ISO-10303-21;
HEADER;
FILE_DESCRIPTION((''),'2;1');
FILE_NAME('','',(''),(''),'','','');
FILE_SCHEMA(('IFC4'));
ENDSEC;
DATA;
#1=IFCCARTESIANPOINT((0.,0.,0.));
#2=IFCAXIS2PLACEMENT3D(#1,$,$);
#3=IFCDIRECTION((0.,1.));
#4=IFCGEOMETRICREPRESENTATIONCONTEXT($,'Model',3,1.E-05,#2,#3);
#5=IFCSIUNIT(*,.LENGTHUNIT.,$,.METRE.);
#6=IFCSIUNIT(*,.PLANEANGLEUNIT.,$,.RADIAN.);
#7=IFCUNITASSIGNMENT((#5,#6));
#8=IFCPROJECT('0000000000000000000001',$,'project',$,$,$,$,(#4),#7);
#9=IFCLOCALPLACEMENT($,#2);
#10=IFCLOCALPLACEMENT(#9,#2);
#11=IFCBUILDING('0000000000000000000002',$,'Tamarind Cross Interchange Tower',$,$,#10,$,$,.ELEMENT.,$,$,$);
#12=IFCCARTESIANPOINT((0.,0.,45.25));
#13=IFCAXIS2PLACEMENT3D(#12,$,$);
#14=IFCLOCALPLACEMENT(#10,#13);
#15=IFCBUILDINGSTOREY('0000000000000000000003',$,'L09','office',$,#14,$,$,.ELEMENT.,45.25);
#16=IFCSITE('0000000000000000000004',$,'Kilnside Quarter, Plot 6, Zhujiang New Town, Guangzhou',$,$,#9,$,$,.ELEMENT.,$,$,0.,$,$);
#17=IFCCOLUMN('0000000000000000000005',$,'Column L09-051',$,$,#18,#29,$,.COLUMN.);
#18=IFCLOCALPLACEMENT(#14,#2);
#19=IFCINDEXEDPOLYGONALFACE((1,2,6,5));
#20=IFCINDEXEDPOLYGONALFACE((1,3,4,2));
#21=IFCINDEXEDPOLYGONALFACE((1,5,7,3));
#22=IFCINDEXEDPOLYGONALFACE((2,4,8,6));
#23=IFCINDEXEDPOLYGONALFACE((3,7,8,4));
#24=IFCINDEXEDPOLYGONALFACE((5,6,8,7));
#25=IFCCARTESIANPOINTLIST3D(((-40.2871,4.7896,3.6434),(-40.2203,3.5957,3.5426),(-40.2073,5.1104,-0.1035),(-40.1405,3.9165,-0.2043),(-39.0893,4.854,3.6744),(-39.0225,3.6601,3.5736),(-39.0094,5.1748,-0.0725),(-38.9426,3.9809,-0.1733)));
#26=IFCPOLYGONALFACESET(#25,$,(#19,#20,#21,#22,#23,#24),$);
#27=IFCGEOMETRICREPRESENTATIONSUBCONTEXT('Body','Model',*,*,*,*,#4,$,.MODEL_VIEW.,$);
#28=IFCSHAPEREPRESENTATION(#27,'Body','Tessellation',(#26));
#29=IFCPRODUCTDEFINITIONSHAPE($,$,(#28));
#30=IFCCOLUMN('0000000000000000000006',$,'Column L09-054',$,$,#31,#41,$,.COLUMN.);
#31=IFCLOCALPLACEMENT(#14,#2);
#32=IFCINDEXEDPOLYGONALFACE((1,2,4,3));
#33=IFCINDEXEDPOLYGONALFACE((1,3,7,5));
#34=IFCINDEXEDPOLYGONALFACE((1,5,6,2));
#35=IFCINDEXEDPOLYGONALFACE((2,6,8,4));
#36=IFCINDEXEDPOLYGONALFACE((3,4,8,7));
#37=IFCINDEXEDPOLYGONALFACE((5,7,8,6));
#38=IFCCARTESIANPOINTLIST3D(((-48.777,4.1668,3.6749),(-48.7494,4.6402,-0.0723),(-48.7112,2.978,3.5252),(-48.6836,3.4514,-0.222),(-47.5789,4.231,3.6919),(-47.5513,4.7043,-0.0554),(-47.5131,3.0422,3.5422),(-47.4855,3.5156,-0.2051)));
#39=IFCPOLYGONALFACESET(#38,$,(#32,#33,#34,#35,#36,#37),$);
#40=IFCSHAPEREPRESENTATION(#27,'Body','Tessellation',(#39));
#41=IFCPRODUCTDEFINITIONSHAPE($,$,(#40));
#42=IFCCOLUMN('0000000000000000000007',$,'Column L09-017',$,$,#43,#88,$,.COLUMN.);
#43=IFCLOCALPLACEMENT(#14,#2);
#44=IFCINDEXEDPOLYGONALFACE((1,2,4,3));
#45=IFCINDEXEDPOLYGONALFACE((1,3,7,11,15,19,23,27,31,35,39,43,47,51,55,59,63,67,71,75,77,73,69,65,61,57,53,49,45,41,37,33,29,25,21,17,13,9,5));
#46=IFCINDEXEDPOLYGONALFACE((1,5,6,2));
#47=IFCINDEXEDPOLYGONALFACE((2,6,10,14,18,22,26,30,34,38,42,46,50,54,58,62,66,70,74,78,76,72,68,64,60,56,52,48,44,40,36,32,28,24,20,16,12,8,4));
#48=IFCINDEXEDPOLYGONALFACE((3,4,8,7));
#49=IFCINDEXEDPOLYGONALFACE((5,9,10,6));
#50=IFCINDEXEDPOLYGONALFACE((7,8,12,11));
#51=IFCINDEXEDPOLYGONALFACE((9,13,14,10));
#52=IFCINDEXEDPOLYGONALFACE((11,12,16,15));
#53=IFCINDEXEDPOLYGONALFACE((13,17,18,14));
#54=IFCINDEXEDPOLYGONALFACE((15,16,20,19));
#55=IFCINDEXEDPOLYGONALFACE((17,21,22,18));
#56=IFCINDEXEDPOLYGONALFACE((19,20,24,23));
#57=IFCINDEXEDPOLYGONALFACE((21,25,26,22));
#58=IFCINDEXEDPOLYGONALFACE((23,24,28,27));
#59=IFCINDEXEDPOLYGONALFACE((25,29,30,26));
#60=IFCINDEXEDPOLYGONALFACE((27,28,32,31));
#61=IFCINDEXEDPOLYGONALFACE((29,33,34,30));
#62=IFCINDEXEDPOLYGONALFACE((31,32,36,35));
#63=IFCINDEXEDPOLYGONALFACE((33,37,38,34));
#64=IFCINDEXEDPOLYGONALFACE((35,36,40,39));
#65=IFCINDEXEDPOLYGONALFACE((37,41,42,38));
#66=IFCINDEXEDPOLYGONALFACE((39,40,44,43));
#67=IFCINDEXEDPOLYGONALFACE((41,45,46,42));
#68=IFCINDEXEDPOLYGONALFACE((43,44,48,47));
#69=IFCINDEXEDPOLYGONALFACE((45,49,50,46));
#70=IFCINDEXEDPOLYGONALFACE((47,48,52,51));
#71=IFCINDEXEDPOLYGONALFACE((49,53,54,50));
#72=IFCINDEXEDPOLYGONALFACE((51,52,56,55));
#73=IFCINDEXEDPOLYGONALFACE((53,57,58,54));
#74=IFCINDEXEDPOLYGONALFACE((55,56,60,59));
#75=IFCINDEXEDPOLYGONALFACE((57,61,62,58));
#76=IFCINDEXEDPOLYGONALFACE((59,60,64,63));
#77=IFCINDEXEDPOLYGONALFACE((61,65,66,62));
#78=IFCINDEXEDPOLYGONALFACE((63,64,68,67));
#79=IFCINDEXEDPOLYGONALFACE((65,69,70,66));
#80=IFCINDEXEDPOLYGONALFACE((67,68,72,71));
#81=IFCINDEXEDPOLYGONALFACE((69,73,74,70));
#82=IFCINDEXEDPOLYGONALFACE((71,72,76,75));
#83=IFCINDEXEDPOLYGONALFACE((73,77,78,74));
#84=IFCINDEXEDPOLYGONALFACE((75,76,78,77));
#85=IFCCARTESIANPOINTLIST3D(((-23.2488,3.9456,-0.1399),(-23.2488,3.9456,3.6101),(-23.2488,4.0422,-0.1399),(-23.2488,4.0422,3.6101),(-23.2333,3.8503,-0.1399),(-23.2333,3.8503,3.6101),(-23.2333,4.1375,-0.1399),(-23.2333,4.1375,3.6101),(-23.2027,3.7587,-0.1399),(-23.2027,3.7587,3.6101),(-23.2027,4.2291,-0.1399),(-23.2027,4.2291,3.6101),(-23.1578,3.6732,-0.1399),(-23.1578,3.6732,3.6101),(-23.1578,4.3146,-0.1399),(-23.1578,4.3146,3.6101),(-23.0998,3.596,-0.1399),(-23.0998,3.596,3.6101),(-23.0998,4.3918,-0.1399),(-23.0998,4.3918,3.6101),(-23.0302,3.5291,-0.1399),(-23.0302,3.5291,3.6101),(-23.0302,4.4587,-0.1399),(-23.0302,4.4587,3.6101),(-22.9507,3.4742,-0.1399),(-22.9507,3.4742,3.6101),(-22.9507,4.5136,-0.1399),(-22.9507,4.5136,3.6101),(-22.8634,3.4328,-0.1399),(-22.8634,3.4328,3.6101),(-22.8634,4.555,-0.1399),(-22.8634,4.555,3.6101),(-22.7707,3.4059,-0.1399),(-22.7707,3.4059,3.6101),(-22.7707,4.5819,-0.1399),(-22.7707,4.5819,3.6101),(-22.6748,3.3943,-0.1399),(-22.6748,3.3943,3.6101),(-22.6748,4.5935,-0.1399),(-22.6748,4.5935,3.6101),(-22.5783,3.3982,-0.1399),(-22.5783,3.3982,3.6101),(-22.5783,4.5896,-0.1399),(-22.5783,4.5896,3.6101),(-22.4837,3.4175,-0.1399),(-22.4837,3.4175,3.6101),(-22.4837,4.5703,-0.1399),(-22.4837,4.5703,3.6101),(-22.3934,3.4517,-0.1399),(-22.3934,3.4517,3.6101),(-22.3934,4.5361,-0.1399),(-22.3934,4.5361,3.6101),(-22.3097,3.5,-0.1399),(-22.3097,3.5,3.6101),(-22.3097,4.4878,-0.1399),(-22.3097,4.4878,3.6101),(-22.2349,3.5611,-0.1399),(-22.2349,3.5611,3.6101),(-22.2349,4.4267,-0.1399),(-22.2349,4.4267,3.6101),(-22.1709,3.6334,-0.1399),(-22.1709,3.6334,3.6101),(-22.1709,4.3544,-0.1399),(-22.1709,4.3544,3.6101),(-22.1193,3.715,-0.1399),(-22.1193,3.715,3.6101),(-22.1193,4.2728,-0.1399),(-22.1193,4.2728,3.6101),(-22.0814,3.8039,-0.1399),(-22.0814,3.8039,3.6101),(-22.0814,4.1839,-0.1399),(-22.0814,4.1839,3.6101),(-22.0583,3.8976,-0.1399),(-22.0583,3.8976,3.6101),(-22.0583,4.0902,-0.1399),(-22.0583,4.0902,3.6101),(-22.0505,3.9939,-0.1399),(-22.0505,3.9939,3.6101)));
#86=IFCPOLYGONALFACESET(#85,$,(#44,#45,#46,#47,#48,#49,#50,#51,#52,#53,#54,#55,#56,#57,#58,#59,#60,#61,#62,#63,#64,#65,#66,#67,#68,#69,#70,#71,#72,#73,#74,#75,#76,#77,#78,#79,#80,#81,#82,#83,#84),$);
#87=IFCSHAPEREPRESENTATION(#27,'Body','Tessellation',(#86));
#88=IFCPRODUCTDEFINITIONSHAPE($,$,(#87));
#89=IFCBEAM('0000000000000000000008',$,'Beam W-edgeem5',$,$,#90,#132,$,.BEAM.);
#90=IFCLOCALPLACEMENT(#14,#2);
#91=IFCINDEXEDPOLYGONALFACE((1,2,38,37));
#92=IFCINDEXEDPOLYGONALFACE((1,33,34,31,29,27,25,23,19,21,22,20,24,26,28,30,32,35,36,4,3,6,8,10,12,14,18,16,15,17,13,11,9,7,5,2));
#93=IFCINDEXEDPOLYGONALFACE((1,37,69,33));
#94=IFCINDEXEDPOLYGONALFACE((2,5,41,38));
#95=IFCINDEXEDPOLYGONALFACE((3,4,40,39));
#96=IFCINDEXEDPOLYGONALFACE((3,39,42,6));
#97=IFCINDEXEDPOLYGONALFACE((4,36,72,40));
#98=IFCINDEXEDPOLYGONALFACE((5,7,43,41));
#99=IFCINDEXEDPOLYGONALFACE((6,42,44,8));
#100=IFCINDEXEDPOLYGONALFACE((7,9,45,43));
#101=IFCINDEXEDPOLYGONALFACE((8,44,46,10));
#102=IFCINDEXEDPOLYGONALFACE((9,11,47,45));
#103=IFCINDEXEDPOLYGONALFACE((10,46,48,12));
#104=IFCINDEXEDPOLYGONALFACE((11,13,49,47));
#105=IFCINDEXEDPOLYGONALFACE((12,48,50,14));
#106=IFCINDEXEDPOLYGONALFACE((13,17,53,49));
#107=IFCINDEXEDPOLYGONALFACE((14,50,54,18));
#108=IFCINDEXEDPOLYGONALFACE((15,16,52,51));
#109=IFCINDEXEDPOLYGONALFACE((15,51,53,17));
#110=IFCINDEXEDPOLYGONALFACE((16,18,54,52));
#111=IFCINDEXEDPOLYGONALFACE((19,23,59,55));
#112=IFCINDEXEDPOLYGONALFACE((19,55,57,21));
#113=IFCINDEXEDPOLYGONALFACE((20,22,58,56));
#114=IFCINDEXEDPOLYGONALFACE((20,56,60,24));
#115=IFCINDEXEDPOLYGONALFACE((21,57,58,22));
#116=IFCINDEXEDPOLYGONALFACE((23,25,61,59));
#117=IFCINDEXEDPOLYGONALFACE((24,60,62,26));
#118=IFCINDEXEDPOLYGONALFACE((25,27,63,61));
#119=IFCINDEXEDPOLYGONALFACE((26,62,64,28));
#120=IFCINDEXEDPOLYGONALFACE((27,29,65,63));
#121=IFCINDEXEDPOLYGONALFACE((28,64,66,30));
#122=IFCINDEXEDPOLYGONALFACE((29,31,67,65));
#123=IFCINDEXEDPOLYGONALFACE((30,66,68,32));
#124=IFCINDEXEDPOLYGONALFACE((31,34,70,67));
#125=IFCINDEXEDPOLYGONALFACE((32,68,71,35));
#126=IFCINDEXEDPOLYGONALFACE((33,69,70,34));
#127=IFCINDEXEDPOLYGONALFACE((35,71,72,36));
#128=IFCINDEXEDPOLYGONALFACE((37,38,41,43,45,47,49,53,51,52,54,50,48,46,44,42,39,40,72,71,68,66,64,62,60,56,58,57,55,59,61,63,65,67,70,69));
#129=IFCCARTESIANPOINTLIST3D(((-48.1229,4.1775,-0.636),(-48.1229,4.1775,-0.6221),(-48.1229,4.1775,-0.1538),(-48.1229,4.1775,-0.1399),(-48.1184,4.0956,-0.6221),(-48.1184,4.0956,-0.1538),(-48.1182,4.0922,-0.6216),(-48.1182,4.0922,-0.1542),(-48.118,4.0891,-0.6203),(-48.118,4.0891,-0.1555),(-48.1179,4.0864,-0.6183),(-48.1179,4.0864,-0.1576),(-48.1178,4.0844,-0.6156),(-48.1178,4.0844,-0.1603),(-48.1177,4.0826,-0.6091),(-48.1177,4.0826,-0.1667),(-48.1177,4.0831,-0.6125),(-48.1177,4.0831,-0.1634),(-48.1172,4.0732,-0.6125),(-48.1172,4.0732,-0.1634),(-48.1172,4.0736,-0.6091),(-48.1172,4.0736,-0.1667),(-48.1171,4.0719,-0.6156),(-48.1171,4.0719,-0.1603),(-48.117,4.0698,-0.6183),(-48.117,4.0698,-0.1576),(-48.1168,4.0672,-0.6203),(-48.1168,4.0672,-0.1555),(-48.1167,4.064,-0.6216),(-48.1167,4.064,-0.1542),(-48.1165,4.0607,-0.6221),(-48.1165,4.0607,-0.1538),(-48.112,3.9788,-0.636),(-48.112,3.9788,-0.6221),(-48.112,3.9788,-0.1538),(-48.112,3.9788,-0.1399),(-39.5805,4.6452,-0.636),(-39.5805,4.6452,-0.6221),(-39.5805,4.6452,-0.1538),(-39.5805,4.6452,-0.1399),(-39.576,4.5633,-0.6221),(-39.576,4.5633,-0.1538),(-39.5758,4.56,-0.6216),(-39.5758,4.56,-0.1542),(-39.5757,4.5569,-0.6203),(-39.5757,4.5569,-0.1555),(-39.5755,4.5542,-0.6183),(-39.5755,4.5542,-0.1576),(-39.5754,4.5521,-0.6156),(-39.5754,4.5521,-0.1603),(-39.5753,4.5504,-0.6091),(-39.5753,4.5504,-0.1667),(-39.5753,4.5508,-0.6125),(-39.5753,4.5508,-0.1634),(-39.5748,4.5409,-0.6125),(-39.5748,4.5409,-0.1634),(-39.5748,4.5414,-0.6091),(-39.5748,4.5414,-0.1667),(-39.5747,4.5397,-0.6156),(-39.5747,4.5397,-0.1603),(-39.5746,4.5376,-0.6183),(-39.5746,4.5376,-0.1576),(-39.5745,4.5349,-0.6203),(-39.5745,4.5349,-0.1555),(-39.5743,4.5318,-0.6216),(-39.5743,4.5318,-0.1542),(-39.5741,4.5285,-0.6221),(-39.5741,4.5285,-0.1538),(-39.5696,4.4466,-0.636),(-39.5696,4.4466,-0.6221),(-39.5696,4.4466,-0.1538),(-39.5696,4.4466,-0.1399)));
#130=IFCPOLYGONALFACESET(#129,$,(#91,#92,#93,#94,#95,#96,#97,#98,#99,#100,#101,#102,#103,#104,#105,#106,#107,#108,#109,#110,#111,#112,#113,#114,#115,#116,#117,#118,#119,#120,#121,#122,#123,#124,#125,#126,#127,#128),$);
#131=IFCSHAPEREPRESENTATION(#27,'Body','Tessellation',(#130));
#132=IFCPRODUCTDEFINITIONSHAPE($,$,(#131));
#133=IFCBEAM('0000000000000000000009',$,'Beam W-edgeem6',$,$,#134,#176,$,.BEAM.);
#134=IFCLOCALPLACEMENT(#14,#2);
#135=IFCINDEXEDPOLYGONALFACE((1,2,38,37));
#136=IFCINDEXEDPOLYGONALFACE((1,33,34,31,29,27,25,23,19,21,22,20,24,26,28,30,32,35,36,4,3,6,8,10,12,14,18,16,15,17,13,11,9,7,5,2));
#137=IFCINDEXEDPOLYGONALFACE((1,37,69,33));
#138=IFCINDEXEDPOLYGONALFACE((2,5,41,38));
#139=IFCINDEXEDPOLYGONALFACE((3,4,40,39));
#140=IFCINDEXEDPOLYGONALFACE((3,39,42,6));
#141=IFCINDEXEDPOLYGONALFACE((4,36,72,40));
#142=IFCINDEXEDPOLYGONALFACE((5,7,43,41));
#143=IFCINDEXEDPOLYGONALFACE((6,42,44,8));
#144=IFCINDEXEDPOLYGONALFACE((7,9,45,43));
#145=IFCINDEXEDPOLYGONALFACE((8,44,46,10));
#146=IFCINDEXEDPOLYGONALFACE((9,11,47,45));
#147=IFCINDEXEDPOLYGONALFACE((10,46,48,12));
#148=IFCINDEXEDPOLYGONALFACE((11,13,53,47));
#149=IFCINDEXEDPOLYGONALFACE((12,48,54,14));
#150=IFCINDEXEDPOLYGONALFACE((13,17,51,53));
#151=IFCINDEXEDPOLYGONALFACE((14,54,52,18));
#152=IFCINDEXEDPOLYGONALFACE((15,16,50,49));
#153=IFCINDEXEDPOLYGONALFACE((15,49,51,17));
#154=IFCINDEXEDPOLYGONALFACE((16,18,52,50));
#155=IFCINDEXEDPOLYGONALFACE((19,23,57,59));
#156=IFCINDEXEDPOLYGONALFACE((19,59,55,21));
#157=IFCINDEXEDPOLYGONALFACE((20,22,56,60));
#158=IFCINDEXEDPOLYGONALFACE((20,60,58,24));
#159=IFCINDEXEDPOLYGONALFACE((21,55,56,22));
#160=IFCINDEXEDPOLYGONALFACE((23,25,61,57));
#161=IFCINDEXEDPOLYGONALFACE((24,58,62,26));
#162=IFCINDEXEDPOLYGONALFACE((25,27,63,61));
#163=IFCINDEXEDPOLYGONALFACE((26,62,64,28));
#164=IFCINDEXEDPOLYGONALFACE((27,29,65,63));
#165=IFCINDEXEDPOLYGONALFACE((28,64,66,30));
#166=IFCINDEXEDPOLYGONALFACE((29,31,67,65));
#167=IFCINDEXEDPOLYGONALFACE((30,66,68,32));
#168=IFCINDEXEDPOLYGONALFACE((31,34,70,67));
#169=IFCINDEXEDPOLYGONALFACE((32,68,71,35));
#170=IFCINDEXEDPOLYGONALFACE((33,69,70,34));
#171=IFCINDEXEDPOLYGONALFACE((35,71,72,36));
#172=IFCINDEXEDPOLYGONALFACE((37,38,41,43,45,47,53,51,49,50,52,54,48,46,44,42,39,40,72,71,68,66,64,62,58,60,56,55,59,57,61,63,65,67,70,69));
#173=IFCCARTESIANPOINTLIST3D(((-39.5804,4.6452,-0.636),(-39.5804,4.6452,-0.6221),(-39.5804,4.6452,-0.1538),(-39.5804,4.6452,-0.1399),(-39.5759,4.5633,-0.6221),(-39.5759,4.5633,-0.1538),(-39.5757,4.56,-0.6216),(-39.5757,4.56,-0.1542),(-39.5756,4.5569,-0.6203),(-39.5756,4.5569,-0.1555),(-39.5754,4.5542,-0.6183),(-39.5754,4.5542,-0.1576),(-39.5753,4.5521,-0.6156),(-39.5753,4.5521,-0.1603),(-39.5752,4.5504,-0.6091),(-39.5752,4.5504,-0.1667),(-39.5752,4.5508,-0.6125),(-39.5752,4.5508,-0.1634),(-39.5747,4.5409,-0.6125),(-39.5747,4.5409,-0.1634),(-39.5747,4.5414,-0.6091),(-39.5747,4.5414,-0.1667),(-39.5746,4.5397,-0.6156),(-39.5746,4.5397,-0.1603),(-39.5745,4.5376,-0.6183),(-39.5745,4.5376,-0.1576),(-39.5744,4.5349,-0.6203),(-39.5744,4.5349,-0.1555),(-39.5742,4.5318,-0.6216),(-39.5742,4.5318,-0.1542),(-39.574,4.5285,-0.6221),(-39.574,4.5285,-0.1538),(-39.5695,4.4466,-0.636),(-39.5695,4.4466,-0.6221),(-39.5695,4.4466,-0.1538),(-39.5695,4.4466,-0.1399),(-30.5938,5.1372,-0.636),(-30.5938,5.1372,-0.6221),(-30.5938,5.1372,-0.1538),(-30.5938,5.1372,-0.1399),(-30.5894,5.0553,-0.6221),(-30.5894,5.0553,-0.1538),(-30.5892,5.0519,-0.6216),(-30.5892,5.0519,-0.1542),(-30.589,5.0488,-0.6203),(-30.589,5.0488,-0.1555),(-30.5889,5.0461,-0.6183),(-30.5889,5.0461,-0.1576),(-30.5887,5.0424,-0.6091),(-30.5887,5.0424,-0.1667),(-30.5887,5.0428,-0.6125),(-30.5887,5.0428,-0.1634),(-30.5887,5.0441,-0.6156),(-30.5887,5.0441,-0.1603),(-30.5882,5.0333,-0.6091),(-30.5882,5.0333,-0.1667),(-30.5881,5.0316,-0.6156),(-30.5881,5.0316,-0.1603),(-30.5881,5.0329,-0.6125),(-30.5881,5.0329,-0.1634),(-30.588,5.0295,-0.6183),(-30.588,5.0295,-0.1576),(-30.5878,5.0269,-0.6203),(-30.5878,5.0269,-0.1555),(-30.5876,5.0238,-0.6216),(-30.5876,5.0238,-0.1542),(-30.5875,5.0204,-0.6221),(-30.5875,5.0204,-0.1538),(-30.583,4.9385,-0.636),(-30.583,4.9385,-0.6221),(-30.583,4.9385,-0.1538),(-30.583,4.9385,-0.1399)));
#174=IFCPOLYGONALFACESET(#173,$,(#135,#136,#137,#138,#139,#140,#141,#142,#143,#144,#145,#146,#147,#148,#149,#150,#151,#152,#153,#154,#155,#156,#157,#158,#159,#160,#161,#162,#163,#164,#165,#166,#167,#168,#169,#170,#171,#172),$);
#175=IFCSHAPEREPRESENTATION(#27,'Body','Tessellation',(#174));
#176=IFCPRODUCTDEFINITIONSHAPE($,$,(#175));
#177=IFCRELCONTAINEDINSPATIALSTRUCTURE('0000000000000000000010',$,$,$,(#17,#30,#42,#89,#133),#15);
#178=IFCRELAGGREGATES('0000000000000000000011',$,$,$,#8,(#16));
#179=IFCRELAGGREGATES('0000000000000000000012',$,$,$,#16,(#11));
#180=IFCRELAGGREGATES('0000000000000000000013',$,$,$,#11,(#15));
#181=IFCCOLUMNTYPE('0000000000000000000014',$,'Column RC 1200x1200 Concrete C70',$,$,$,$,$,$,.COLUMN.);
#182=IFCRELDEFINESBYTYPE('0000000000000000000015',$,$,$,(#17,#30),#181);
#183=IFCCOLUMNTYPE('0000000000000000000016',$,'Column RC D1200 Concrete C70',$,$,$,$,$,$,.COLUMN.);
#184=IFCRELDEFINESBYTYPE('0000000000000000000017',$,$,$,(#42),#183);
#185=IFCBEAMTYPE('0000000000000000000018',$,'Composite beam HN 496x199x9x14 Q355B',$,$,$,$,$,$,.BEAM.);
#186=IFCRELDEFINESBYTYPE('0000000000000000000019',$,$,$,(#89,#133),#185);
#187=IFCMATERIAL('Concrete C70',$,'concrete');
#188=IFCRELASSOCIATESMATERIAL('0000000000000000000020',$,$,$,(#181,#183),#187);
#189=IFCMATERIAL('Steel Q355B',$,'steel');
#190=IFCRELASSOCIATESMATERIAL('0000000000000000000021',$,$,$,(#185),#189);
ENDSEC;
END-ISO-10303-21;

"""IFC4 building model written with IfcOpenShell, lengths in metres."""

from ifc_helpers import new_model, si_unit, direction, frame, origin, origin_2d, place, context, subcontext, project, spatial, rectangle, circle, i_section, extrude, material, material_profile, profile_set, type_object, element, save


model = new_model("IFC4")

# Units and contexts
model_context = context("Model", 3, precision=1e-05, world=origin(), true_north=direction((0.0, 1.0)))
body_context = subcontext(model_context, "Body", "Model", "MODEL_VIEW")
ifc_project = project(units=[si_unit("LENGTHUNIT", "METRE"), si_unit("PLANEANGLEUNIT", "RADIAN")], contexts=[model_context])

# Site, building, storey
site_placement = place(None, origin())
site = spatial("IfcSite", under=ifc_project, at=site_placement, Name="Kilnside Quarter, Plot 6, Zhujiang New Town, Guangzhou", CompositionType="ELEMENT", RefElevation=0.0)
building_placement = place(site_placement, origin())
building = spatial("IfcBuilding", under=site, at=building_placement, Name="Tamarind Cross Interchange Tower", CompositionType="ELEMENT")
storey_placement = place(building_placement, frame((0.0, 0.0, 45.25)))
storey = spatial("IfcBuildingStorey", under=building, at=storey_placement, Name="L09", Description="office", CompositionType="ELEMENT", Elevation=45.25)

# Columns
ifc_material_1 = material(Name="Concrete C70", Category="concrete")
ifc_material_profile_1 = material_profile(ifc_material_1, rectangle(XDim=1.2, YDim=1.2, at=origin_2d()), Name="RC 1200x1200")
ifc_profile_set_1 = profile_set([ifc_material_profile_1], Name="Concrete C70")
column_type_1 = type_object("IfcColumnType", Name="Column RC 1200x1200 Concrete C70", PredefinedType="COLUMN", material=ifc_profile_set_1)
column_1_placement = place(storey_placement, frame((-39.575, 4.5457, -0.1384), z_axis=(-0.021225, -0.085288, 0.99613), x_axis=(0.998224, 0.05366, 0.025864)))
element("IfcColumn", 1, at=column_1_placement, inside=storey, type_object=column_type_1, Name="Column L09-051", PredefinedType="COLUMN", context=body_context, shape_type="SweptSolid", body=[
    extrude(rectangle(XDim=1.2, YDim=1.2, at=origin_2d()), origin(), (0.0, 0.0, 1.0), 3.7615),
])
column_2_placement = place(storey_placement, frame((-48.1174, 4.0779, -0.1387), z_axis=(-0.007304, -0.125328, 0.992088), x_axis=(0.998469, 0.053476, 0.014106)))
element("IfcColumn", 2, at=column_2_placement, inside=storey, type_object=column_type_1, Name="Column L09-054", PredefinedType="COLUMN", context=body_context, shape_type="SweptSolid", body=[
    extrude(rectangle(XDim=1.2, YDim=1.2, at=origin_2d()), origin(), (0.0, 0.0, 1.0), 3.7771),
])
ifc_material_profile_2 = material_profile(ifc_material_1, circle(Radius=0.6001, at=origin_2d()), Name="RC D1200")
ifc_profile_set_2 = profile_set([ifc_material_profile_2], Name="Concrete C70")
column_type_2 = type_object("IfcColumnType", Name="Column RC D1200 Concrete C70", PredefinedType="COLUMN", material=ifc_profile_set_2)
column_3_placement = place(storey_placement, frame((-22.6506, 3.9939, -0.1399), z_axis=(0.0, 0.0, 1.0), x_axis=(1.0, 0.0, 0.0)))
element("IfcColumn", 3, at=column_3_placement, inside=storey, type_object=column_type_2, Name="Column L09-017", PredefinedType="COLUMN", context=body_context, shape_type="SweptSolid", body=[
    extrude(circle(Radius=0.6001, at=origin_2d()), origin(), (0.0, 0.0, 1.0), 3.75),
])

# Beams
ifc_material_2 = material(Name="Steel Q355B", Category="steel")
ifc_material_profile_3 = material_profile(ifc_material_2, i_section(OverallWidth=0.199, OverallDepth=0.4961, WebThickness=0.009, FlangeThickness=0.0139, FilletRadius=0.0129, at=origin_2d()), Name="HN 496x199x9x14")
ifc_profile_set_3 = profile_set([ifc_material_profile_3], Name="Steel Q355B")
beam_type_1 = type_object("IfcBeamType", Name="Composite beam HN 496x199x9x14 Q355B", PredefinedType="BEAM", material=ifc_profile_set_3)
beam_1_placement = place(storey_placement, frame((-48.1174, 4.0781, -0.3879), z_axis=(0.998504, 0.054677, 0.0), x_axis=(-0.054677, 0.998504, 0.0)))
element("IfcBeam", 4, at=beam_1_placement, inside=storey, type_object=beam_type_1, Name="Beam W-edgeem5", PredefinedType="BEAM", context=body_context, shape_type="SweptSolid", body=[
    extrude(i_section(OverallWidth=0.199, OverallDepth=0.4961, WebThickness=0.009, FlangeThickness=0.0139, FilletRadius=0.0129, at=origin_2d()), origin(), (0.0, 0.0, 1.0), 8.5552),
])
beam_2_placement = place(storey_placement, frame((-39.575, 4.5459, -0.3879), z_axis=(0.998505, 0.05466, 0.0), x_axis=(-0.05466, 0.998505, 0.0)))
element("IfcBeam", 5, at=beam_2_placement, inside=storey, type_object=beam_type_1, Name="Beam W-edgeem6", PredefinedType="BEAM", context=body_context, shape_type="SweptSolid", body=[
    extrude(i_section(OverallWidth=0.199, OverallDepth=0.4961, WebThickness=0.009, FlangeThickness=0.0139, FilletRadius=0.0129, at=origin_2d()), origin(), (0.0, 0.0, 1.0), 9.0),
])

save(model, "model.ifc")
